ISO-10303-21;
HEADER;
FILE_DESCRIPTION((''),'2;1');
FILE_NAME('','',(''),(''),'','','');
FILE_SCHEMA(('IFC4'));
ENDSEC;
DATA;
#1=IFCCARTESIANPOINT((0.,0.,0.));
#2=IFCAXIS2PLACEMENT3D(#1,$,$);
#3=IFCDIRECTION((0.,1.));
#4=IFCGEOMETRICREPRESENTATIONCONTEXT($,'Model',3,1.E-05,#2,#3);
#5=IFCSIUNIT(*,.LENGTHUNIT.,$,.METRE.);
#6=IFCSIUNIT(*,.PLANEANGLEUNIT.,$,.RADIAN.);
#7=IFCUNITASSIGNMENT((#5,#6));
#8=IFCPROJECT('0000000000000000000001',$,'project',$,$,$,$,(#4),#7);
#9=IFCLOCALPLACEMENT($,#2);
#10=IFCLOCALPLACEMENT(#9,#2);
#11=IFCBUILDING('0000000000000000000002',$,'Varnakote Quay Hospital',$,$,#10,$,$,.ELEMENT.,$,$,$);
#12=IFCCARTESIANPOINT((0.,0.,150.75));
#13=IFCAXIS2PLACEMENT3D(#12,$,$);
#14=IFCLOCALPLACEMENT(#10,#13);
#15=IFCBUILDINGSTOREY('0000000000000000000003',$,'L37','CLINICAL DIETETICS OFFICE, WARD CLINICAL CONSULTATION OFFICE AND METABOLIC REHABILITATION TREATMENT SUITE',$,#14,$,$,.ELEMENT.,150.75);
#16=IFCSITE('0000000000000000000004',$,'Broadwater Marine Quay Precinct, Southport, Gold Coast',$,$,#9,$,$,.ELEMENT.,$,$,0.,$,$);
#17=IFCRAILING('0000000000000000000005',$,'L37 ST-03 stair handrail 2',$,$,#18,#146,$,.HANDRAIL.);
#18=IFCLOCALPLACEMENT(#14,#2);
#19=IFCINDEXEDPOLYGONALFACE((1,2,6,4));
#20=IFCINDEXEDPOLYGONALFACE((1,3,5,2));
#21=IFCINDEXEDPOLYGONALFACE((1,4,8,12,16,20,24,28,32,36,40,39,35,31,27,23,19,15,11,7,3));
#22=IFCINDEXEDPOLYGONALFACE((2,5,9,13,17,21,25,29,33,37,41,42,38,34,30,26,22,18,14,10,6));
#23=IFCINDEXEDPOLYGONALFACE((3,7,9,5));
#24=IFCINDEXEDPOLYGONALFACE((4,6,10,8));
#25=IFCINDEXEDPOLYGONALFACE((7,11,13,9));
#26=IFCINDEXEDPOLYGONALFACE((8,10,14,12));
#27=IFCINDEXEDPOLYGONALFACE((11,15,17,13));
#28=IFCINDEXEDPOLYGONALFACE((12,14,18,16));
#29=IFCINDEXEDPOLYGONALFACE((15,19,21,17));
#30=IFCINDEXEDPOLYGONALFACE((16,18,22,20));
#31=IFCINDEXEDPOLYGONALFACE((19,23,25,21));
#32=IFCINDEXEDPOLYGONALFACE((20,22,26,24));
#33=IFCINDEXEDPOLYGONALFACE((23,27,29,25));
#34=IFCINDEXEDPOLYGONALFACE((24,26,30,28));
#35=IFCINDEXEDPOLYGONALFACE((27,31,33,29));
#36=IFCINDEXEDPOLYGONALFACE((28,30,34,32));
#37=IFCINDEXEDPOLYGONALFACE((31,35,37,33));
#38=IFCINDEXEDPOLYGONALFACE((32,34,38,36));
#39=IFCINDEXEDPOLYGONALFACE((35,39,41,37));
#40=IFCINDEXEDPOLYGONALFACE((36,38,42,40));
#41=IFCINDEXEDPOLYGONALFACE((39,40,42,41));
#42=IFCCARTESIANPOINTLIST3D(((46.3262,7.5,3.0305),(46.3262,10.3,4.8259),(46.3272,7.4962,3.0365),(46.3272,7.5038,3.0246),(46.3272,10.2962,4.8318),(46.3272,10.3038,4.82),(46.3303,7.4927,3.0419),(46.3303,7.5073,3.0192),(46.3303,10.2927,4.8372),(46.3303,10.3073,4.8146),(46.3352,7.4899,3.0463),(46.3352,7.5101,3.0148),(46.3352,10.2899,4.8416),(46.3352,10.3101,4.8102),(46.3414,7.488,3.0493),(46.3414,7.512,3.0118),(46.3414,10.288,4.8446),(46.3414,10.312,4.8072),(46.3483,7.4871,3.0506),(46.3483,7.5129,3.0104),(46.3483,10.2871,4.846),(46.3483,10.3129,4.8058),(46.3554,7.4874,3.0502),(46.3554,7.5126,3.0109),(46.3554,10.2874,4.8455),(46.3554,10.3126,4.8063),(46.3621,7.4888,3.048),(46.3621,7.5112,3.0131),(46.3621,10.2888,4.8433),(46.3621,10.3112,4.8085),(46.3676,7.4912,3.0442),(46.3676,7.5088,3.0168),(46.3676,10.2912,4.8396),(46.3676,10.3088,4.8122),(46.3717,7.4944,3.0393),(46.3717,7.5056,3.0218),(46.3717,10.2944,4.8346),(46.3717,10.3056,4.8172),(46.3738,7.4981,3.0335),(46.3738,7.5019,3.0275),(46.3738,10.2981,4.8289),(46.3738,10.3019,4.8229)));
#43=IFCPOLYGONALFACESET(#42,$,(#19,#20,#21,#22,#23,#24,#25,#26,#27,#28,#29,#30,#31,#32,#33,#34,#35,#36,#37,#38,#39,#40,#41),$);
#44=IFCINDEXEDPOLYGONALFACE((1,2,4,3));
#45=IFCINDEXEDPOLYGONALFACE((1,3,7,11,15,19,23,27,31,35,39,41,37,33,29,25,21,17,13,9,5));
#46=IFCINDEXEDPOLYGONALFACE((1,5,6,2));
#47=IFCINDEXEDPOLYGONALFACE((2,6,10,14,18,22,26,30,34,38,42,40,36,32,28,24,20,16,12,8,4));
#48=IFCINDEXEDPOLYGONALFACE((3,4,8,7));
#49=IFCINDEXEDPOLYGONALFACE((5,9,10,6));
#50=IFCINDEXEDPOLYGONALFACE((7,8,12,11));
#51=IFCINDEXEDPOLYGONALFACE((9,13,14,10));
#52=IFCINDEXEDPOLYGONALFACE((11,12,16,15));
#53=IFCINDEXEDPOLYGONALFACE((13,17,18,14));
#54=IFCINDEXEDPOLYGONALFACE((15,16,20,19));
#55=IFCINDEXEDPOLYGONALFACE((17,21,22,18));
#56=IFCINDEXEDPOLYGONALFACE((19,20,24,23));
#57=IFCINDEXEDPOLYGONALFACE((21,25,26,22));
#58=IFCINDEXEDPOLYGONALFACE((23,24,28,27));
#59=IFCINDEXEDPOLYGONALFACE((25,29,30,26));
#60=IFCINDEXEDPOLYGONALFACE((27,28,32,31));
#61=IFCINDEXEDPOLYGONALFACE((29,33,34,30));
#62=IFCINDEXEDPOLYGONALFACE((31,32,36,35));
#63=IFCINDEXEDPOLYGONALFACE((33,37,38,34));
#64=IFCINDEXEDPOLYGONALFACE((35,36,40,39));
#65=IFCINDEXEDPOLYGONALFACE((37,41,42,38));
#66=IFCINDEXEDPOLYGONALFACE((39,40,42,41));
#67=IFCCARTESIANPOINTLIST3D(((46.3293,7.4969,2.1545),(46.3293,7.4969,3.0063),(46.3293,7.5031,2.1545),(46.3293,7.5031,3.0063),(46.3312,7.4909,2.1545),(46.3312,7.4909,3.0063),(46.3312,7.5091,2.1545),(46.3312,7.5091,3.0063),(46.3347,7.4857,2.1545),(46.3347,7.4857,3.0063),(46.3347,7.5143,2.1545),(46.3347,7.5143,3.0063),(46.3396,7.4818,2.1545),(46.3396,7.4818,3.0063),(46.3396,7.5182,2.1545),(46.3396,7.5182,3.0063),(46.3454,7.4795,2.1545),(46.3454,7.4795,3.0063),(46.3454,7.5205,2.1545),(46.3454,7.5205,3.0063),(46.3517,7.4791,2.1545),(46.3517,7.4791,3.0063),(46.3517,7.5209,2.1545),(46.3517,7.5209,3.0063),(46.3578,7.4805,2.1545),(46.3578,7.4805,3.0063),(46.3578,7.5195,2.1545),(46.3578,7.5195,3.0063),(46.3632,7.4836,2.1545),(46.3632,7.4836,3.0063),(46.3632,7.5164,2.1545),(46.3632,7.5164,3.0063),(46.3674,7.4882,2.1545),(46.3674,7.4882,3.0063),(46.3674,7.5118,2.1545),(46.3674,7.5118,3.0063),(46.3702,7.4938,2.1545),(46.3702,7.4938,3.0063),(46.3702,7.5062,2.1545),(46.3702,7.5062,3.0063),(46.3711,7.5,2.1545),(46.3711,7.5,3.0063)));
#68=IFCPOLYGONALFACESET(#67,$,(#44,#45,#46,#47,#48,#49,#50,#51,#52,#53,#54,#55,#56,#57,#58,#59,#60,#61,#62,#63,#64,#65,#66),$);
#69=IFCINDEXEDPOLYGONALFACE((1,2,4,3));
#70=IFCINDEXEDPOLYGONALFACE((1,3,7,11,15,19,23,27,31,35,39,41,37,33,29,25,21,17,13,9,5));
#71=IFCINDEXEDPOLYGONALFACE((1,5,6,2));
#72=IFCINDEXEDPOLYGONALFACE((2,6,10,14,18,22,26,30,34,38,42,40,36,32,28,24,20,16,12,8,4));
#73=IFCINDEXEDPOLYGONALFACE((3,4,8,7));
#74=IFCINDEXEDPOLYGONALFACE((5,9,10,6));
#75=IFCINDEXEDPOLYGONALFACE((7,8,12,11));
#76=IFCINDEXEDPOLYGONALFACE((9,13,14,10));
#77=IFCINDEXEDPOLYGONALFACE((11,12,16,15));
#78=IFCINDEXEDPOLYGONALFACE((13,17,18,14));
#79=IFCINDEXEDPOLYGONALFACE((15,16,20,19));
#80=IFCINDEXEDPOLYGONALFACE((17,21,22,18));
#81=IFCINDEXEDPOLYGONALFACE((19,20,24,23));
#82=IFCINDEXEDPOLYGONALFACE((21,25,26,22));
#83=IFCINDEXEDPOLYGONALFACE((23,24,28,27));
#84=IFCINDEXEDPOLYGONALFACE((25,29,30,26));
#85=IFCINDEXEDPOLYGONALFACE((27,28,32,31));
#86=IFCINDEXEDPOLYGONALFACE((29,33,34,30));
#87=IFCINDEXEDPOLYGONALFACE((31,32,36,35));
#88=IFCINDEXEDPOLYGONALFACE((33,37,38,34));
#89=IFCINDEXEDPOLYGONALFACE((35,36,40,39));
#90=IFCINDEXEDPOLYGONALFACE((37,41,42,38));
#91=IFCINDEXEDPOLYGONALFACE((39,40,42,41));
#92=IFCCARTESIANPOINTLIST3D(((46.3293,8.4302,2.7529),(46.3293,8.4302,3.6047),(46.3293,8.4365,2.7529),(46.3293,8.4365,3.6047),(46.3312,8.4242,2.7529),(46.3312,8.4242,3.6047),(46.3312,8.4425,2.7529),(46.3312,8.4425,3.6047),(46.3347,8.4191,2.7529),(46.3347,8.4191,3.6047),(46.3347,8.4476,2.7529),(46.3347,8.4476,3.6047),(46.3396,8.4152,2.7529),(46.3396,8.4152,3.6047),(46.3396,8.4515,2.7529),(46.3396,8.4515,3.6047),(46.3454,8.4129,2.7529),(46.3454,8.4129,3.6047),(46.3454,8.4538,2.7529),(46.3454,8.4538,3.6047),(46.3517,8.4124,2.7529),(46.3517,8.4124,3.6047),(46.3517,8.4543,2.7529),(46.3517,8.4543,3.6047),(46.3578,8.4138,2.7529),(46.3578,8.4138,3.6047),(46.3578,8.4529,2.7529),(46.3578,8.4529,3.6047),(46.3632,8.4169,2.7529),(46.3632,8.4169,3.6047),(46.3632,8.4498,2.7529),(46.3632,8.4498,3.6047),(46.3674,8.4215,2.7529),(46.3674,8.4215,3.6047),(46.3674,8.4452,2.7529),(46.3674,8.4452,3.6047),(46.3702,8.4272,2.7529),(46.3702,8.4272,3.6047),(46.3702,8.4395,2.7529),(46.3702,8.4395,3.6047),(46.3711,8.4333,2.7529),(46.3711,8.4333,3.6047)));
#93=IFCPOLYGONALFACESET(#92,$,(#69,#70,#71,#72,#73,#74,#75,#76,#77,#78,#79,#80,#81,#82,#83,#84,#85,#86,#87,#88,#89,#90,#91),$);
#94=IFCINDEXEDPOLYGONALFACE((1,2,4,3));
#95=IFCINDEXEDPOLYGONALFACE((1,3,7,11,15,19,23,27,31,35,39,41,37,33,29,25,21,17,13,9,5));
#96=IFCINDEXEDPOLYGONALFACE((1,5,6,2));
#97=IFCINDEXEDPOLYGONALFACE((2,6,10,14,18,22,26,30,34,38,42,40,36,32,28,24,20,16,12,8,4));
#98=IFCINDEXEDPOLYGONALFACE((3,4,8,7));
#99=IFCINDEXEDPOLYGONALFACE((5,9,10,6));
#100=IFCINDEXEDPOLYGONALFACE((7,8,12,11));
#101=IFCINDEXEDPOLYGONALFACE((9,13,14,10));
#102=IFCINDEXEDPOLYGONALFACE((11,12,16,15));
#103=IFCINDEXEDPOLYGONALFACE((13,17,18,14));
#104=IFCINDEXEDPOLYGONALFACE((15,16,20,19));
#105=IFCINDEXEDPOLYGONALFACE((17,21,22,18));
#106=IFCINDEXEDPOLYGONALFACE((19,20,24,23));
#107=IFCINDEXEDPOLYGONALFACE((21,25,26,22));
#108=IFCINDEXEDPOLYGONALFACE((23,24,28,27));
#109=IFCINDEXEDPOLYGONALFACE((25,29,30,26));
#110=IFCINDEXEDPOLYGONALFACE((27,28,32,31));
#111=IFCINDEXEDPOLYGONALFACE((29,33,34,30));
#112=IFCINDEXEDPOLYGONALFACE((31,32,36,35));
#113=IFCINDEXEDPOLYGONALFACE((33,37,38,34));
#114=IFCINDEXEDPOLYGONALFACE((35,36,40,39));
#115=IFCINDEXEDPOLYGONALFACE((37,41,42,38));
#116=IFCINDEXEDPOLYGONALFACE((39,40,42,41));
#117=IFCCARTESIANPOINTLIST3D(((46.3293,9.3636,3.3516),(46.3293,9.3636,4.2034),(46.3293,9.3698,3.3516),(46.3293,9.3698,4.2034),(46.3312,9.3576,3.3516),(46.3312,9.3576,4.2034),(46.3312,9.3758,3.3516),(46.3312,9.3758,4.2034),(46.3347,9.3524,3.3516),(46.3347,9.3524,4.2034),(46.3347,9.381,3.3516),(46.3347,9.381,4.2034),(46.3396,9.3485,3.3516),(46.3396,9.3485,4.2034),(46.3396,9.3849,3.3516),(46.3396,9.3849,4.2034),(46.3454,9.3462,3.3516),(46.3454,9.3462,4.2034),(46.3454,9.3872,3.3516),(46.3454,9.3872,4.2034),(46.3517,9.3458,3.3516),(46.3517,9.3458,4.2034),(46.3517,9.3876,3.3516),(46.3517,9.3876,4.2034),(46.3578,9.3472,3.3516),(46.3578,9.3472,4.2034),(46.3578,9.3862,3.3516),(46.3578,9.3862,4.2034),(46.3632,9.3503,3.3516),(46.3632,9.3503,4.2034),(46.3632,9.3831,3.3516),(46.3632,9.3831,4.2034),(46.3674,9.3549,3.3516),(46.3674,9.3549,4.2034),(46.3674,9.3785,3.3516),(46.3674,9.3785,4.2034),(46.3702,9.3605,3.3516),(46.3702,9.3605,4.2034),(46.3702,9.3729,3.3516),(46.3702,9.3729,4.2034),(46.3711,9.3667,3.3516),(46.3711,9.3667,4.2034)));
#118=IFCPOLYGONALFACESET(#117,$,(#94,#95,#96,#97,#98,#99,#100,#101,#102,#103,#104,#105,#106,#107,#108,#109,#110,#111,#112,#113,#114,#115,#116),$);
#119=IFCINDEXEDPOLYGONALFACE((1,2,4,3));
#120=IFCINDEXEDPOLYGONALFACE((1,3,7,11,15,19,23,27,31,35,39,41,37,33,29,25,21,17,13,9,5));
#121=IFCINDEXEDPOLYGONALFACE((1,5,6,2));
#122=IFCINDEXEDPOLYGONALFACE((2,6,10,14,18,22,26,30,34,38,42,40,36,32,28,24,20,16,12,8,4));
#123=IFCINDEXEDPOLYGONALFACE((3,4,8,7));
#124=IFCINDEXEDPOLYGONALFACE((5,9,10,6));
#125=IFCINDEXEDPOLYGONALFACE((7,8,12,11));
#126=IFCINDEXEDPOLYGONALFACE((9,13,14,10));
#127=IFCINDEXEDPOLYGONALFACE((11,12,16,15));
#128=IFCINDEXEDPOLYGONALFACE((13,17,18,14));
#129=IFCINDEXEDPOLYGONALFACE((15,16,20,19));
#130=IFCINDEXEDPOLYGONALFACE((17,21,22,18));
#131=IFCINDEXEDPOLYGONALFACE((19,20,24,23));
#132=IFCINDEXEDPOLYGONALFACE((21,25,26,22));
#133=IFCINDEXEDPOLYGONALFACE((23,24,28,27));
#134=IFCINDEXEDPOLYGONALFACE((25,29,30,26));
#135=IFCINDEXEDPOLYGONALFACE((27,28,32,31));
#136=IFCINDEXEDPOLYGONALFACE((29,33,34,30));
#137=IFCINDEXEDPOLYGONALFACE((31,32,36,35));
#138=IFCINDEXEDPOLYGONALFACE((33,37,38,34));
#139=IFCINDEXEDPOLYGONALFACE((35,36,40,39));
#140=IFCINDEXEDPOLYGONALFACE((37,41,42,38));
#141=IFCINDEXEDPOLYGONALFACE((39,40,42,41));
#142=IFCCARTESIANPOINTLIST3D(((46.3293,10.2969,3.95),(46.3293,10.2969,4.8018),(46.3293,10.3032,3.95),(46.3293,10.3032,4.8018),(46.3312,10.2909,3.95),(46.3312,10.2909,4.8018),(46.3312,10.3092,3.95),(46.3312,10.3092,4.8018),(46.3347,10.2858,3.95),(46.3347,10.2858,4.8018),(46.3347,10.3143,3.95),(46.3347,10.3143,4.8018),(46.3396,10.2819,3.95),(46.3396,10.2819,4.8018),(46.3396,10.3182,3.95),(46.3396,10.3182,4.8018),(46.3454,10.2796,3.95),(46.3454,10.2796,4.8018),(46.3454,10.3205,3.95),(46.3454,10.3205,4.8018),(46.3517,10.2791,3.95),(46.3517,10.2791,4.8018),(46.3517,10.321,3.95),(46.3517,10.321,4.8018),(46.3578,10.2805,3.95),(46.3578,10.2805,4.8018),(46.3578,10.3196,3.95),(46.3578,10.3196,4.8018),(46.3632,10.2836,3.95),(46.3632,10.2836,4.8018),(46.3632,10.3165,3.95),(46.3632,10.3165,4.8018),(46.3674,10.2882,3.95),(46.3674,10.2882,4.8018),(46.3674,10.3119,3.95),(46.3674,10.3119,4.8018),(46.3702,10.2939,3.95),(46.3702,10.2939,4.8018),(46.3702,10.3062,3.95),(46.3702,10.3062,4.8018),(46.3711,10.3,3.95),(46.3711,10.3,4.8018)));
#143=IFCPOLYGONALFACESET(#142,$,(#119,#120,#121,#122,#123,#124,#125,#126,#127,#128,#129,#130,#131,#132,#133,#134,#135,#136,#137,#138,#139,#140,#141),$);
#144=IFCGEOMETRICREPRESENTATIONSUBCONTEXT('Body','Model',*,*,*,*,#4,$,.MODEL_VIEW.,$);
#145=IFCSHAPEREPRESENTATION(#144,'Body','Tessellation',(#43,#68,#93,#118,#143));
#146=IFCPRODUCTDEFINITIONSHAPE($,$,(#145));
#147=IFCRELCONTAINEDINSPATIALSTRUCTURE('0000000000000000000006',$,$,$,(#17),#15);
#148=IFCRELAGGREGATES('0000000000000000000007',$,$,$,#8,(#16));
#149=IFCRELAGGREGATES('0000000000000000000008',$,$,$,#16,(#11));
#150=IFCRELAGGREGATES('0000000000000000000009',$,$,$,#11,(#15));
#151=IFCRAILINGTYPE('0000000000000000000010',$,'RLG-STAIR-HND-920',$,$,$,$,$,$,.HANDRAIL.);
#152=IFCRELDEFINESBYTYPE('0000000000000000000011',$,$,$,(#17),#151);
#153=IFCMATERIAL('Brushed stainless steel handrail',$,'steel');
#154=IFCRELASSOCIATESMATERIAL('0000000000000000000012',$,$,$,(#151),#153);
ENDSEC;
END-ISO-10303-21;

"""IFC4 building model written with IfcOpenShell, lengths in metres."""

from ifc_helpers import new_model, si_unit, direction, frame, origin, origin_2d, place, context, subcontext, project, spatial, circle, extrude, material, type_object, element, save


model = new_model("IFC4")

# Units and contexts
model_context = context("Model", 3, precision=1e-05, world=origin(), true_north=direction((0.0, 1.0)))
body_context = subcontext(model_context, "Body", "Model", "MODEL_VIEW")
ifc_project = project(units=[si_unit("LENGTHUNIT", "METRE"), si_unit("PLANEANGLEUNIT", "RADIAN")], contexts=[model_context])

# Site, building, storey
site_placement = place(None, origin())
site = spatial("IfcSite", under=ifc_project, at=site_placement, Name="Broadwater Marine Quay Precinct, Southport, Gold Coast", CompositionType="ELEMENT", RefElevation=0.0)
building_placement = place(site_placement, origin())
building = spatial("IfcBuilding", under=site, at=building_placement, Name="Varnakote Quay Hospital", CompositionType="ELEMENT")
storey_placement = place(building_placement, frame((0.0, 0.0, 150.75)))
storey = spatial("IfcBuildingStorey", under=building, at=storey_placement, Name="L37", Description="CLINICAL DIETETICS OFFICE, WARD CLINICAL CONSULTATION OFFICE AND METABOLIC REHABILITATION TREATMENT SUITE", CompositionType="ELEMENT", Elevation=150.75)

# Railing
ifc_material_1 = material(Name="Brushed stainless steel handrail", Category="steel")
railing_type_1 = type_object("IfcRailingType", Name="RLG-STAIR-HND-920", PredefinedType="HANDRAIL", material=ifc_material_1)
railing_1_placement = place(storey_placement, frame((46.3501, 7.5, 2.1545)))
element("IfcRailing", 1, at=railing_1_placement, inside=storey, type_object=railing_type_1, Name="L37 ST-03 stair handrail 2", PredefinedType="HANDRAIL", context=body_context, shape_type="SweptSolid", body=[
    extrude(circle(Radius=0.0239, at=origin_2d()), frame((0.0, 0.0, 0.876), z_axis=(0.0, 0.84181, 0.539774), x_axis=(-1.0, 0.0, 0.0)), (0.0, 0.0, 1.0), 3.3262),
    extrude(circle(Radius=0.021, at=origin_2d()), origin(), (0.0, 0.0, 1.0), 0.8518),
    extrude(circle(Radius=0.021, at=origin_2d()), frame((0.0, 0.9333, 0.5984)), (0.0, 0.0, 1.0), 0.8518),
    extrude(circle(Radius=0.021, at=origin_2d()), frame((0.0, 1.8667, 1.197)), (0.0, 0.0, 1.0), 0.8518),
    extrude(circle(Radius=0.021, at=origin_2d()), frame((0.0, 2.8, 1.7954)), (0.0, 0.0, 1.0), 0.8518),
])

save(model, "model.ifc")
